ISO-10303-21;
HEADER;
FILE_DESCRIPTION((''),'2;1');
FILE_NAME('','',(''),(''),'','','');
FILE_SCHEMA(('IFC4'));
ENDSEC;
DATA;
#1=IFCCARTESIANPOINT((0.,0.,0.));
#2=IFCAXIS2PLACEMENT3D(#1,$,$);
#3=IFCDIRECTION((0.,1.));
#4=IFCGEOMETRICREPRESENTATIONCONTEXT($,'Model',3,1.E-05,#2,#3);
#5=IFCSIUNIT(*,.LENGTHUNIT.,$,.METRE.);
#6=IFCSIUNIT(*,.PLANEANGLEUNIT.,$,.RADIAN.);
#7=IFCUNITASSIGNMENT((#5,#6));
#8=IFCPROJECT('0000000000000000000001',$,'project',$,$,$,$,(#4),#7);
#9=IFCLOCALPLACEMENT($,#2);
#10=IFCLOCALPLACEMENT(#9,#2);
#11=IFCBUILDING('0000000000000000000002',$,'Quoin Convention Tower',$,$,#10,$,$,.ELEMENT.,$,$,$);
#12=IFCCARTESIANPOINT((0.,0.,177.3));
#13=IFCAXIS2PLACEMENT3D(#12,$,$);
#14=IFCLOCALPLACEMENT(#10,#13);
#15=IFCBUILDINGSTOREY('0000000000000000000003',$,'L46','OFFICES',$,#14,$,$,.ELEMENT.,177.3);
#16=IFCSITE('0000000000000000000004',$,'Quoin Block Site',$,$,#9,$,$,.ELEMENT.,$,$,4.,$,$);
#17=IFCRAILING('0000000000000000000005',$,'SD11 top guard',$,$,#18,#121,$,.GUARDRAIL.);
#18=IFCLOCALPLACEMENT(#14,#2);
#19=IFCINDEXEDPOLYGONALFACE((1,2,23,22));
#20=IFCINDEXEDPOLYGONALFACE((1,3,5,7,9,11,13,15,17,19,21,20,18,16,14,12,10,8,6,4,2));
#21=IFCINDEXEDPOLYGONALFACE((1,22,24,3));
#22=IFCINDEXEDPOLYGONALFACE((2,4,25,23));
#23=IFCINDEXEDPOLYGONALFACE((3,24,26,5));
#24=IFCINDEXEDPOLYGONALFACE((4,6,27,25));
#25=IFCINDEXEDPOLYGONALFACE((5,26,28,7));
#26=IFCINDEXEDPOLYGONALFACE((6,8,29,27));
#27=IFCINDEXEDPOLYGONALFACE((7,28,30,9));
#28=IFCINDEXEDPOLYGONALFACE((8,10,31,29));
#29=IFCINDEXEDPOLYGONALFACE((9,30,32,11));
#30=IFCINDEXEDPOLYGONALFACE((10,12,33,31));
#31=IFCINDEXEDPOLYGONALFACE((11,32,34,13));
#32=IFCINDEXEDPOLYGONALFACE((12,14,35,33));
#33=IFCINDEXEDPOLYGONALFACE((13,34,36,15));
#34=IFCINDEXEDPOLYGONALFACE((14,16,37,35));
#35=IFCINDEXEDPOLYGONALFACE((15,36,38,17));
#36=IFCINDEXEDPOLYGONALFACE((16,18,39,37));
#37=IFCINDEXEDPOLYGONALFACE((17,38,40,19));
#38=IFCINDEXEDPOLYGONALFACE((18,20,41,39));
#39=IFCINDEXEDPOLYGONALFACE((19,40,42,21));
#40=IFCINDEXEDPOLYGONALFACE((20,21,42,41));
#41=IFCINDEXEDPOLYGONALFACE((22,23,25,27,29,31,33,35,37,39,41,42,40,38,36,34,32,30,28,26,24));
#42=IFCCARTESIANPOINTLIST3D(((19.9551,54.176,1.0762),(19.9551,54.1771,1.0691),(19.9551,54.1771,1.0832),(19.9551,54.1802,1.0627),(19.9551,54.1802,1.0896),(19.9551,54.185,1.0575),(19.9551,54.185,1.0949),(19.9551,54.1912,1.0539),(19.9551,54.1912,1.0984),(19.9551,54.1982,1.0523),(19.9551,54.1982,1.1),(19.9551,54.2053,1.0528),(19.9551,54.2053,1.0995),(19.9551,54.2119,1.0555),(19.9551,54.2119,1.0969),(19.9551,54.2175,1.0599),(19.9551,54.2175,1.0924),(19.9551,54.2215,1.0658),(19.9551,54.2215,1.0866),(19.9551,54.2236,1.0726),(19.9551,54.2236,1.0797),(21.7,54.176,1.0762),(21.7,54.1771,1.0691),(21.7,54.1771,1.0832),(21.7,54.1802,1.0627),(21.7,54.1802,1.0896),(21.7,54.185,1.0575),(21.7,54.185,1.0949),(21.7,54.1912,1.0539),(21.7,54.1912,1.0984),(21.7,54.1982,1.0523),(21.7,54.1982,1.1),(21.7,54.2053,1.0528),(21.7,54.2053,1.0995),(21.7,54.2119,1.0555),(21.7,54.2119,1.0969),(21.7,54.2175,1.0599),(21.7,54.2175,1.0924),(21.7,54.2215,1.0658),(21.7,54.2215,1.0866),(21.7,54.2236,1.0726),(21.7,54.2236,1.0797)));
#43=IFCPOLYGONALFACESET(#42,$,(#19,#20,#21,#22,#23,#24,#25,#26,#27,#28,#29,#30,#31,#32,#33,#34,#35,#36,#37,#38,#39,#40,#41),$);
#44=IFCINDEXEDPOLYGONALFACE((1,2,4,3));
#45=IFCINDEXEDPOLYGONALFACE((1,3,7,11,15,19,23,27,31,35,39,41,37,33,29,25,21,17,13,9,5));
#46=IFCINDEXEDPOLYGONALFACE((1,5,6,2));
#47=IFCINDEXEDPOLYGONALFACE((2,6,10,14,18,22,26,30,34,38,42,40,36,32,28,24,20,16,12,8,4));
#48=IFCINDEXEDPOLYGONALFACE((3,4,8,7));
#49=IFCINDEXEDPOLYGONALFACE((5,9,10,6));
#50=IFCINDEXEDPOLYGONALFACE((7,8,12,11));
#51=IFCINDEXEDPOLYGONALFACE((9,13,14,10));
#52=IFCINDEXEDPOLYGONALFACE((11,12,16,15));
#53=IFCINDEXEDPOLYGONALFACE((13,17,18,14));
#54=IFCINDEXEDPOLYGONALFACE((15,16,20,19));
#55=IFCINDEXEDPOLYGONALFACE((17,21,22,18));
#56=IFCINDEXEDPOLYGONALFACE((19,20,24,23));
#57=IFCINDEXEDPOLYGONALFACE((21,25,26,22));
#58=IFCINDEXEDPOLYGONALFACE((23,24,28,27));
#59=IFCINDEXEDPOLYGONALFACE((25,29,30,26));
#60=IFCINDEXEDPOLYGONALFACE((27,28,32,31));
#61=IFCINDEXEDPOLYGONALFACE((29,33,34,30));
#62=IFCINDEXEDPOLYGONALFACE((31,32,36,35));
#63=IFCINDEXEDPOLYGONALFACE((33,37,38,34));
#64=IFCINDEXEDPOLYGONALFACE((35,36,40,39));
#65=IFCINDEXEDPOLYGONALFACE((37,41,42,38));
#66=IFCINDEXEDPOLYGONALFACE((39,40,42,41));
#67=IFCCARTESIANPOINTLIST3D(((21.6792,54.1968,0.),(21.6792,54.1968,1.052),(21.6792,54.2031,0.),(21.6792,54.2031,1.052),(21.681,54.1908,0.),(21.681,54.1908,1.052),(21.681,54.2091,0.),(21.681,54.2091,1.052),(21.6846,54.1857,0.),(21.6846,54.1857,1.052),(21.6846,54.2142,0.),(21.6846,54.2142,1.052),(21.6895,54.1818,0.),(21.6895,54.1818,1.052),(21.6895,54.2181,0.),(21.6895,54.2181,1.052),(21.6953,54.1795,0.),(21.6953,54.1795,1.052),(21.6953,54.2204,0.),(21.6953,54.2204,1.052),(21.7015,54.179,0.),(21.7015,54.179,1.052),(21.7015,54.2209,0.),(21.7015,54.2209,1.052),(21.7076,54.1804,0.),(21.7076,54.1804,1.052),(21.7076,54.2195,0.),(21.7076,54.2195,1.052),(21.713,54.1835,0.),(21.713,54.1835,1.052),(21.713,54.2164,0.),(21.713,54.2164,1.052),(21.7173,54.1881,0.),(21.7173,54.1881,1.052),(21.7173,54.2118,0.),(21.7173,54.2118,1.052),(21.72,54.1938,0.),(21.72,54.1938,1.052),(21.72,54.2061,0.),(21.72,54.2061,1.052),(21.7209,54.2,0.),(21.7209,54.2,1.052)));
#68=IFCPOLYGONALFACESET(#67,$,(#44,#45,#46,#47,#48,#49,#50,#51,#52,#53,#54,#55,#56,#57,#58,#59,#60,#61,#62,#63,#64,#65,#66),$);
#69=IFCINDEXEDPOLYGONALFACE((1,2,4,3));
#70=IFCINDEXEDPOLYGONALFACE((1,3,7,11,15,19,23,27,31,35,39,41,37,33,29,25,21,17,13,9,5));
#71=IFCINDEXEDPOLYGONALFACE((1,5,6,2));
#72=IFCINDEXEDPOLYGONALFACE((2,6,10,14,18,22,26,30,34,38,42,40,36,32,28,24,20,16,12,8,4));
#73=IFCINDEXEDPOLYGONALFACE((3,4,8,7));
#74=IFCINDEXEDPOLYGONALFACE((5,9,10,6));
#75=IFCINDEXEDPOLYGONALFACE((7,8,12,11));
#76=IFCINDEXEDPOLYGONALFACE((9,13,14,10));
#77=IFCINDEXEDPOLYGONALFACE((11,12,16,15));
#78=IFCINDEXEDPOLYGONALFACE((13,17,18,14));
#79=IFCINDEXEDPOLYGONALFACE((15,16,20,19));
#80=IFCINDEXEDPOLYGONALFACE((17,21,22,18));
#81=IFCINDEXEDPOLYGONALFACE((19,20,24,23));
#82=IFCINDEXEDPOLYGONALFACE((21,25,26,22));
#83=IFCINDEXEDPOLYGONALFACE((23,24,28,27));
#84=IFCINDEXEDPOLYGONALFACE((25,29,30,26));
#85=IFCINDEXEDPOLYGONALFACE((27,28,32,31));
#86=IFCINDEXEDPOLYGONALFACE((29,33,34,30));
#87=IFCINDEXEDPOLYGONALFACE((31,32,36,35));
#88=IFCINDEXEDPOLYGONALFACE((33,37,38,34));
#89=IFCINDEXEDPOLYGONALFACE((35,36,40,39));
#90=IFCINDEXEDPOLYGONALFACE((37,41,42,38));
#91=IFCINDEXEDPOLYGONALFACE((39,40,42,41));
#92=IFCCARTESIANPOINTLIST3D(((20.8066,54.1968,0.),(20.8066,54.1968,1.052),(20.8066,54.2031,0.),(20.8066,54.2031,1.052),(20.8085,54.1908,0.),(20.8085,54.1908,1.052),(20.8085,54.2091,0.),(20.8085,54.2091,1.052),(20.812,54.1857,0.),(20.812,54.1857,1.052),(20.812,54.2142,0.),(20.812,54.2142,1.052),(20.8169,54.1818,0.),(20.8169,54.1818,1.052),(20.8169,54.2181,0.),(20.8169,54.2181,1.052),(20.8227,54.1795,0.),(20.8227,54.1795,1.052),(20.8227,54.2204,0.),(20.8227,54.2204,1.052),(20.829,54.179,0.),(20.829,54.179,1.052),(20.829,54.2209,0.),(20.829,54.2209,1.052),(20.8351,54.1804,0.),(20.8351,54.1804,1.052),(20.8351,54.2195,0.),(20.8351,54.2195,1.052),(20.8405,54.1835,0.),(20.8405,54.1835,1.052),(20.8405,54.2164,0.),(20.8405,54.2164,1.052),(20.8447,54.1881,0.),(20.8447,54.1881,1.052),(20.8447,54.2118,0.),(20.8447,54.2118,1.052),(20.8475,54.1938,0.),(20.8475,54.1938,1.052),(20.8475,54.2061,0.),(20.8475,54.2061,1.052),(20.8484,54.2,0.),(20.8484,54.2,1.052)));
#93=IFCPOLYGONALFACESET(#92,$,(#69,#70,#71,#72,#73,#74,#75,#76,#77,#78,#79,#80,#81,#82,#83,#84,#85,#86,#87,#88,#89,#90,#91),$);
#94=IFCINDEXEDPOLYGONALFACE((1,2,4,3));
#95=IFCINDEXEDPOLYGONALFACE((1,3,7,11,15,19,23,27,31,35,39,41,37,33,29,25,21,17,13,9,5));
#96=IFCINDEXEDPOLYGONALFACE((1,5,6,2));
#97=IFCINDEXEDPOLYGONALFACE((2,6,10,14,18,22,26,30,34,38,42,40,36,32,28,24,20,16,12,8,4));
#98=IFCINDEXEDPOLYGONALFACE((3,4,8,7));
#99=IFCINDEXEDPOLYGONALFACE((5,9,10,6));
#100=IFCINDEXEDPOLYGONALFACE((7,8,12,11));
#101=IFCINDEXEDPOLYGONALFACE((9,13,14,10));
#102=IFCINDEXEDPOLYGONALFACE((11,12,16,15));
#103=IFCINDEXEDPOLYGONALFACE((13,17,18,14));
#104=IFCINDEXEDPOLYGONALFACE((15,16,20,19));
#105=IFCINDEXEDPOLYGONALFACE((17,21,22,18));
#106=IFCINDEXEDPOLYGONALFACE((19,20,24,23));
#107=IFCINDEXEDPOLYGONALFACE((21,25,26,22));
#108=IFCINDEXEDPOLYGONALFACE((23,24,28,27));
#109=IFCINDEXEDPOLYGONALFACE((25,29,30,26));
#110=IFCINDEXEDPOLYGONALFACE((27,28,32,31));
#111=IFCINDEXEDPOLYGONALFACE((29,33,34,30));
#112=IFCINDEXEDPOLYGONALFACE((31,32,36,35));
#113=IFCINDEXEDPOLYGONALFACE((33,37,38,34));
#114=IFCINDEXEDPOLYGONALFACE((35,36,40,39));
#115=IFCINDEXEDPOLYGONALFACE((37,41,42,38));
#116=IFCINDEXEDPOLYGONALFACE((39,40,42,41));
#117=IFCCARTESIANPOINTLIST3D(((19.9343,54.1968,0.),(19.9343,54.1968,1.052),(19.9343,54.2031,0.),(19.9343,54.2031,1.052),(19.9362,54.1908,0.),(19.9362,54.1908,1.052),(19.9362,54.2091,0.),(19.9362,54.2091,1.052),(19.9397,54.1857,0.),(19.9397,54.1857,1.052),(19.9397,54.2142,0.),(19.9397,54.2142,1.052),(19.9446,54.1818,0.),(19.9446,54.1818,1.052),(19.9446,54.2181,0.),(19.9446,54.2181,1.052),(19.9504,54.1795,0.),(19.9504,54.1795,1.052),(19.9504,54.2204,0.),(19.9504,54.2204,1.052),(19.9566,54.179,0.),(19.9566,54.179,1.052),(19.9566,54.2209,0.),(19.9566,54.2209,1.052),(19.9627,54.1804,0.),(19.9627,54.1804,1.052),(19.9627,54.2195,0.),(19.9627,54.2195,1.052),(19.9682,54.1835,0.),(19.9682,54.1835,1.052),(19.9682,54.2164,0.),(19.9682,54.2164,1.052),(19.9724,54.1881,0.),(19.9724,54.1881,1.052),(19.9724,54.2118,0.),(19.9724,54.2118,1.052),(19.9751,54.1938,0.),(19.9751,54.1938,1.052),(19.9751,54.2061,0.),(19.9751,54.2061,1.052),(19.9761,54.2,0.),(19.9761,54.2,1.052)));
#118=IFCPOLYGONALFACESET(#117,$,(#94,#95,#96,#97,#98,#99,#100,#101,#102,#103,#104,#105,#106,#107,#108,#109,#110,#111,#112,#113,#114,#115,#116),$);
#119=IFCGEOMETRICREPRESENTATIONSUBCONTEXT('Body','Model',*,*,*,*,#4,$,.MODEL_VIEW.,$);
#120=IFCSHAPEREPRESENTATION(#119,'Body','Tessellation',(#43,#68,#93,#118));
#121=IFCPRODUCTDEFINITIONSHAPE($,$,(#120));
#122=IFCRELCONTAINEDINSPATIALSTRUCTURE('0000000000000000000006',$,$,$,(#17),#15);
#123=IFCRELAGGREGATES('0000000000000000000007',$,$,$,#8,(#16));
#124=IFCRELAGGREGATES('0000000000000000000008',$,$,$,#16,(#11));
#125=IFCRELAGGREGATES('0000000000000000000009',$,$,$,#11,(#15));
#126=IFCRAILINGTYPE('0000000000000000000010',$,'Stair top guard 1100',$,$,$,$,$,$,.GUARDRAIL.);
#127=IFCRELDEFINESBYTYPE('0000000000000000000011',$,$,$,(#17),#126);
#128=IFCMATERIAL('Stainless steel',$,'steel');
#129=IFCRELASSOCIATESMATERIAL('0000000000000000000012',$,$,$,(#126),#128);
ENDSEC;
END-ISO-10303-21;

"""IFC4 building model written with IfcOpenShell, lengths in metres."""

from ifc_helpers import new_model, si_unit, direction, frame, origin, origin_2d, place, context, subcontext, project, spatial, circle, extrude, material, type_object, element, save


model = new_model("IFC4")

# Units and contexts
model_context = context("Model", 3, precision=1e-05, world=origin(), true_north=direction((0.0, 1.0)))
body_context = subcontext(model_context, "Body", "Model", "MODEL_VIEW")
ifc_project = project(units=[si_unit("LENGTHUNIT", "METRE"), si_unit("PLANEANGLEUNIT", "RADIAN")], contexts=[model_context])

# Site, building, storey
site_placement = place(None, origin())
site = spatial("IfcSite", under=ifc_project, at=site_placement, Name="Quoin Block Site", CompositionType="ELEMENT", RefElevation=4.0)
building_placement = place(site_placement, origin())
building = spatial("IfcBuilding", under=site, at=building_placement, Name="Quoin Convention Tower", CompositionType="ELEMENT")
storey_placement = place(building_placement, frame((0.0, 0.0, 177.3)))
storey = spatial("IfcBuildingStorey", under=building, at=storey_placement, Name="L46", Description="OFFICES", CompositionType="ELEMENT", Elevation=177.3)

# Railing
ifc_material_1 = material(Name="Stainless steel", Category="steel")
railing_type_1 = type_object("IfcRailingType", Name="Stair top guard 1100", PredefinedType="GUARDRAIL", material=ifc_material_1)
railing_1_placement = place(storey_placement, frame((21.7, 54.2, 0.0)))
element("IfcRailing", 1, at=railing_1_placement, inside=storey, type_object=railing_type_1, Name="SD11 top guard", PredefinedType="GUARDRAIL", context=body_context, shape_type="SweptSolid", body=[
    extrude(circle(Radius=0.0239, at=origin_2d()), frame((0.0, 0.0, 1.0762), z_axis=(-1.0, 0.0, 0.0), x_axis=(0.0, -1.0, 0.0)), (0.0, 0.0, 1.0), 1.7449),
    extrude(circle(Radius=0.021, at=origin_2d()), origin(), (0.0, 0.0, 1.0), 1.052),
    extrude(circle(Radius=0.021, at=origin_2d()), frame((-0.8726, 0.0, 0.0)), (0.0, 0.0, 1.0), 1.052),
    extrude(circle(Radius=0.021, at=origin_2d()), frame((-1.7449, 0.0, 0.0)), (0.0, 0.0, 1.0), 1.052),
])

save(model, "model.ifc")
